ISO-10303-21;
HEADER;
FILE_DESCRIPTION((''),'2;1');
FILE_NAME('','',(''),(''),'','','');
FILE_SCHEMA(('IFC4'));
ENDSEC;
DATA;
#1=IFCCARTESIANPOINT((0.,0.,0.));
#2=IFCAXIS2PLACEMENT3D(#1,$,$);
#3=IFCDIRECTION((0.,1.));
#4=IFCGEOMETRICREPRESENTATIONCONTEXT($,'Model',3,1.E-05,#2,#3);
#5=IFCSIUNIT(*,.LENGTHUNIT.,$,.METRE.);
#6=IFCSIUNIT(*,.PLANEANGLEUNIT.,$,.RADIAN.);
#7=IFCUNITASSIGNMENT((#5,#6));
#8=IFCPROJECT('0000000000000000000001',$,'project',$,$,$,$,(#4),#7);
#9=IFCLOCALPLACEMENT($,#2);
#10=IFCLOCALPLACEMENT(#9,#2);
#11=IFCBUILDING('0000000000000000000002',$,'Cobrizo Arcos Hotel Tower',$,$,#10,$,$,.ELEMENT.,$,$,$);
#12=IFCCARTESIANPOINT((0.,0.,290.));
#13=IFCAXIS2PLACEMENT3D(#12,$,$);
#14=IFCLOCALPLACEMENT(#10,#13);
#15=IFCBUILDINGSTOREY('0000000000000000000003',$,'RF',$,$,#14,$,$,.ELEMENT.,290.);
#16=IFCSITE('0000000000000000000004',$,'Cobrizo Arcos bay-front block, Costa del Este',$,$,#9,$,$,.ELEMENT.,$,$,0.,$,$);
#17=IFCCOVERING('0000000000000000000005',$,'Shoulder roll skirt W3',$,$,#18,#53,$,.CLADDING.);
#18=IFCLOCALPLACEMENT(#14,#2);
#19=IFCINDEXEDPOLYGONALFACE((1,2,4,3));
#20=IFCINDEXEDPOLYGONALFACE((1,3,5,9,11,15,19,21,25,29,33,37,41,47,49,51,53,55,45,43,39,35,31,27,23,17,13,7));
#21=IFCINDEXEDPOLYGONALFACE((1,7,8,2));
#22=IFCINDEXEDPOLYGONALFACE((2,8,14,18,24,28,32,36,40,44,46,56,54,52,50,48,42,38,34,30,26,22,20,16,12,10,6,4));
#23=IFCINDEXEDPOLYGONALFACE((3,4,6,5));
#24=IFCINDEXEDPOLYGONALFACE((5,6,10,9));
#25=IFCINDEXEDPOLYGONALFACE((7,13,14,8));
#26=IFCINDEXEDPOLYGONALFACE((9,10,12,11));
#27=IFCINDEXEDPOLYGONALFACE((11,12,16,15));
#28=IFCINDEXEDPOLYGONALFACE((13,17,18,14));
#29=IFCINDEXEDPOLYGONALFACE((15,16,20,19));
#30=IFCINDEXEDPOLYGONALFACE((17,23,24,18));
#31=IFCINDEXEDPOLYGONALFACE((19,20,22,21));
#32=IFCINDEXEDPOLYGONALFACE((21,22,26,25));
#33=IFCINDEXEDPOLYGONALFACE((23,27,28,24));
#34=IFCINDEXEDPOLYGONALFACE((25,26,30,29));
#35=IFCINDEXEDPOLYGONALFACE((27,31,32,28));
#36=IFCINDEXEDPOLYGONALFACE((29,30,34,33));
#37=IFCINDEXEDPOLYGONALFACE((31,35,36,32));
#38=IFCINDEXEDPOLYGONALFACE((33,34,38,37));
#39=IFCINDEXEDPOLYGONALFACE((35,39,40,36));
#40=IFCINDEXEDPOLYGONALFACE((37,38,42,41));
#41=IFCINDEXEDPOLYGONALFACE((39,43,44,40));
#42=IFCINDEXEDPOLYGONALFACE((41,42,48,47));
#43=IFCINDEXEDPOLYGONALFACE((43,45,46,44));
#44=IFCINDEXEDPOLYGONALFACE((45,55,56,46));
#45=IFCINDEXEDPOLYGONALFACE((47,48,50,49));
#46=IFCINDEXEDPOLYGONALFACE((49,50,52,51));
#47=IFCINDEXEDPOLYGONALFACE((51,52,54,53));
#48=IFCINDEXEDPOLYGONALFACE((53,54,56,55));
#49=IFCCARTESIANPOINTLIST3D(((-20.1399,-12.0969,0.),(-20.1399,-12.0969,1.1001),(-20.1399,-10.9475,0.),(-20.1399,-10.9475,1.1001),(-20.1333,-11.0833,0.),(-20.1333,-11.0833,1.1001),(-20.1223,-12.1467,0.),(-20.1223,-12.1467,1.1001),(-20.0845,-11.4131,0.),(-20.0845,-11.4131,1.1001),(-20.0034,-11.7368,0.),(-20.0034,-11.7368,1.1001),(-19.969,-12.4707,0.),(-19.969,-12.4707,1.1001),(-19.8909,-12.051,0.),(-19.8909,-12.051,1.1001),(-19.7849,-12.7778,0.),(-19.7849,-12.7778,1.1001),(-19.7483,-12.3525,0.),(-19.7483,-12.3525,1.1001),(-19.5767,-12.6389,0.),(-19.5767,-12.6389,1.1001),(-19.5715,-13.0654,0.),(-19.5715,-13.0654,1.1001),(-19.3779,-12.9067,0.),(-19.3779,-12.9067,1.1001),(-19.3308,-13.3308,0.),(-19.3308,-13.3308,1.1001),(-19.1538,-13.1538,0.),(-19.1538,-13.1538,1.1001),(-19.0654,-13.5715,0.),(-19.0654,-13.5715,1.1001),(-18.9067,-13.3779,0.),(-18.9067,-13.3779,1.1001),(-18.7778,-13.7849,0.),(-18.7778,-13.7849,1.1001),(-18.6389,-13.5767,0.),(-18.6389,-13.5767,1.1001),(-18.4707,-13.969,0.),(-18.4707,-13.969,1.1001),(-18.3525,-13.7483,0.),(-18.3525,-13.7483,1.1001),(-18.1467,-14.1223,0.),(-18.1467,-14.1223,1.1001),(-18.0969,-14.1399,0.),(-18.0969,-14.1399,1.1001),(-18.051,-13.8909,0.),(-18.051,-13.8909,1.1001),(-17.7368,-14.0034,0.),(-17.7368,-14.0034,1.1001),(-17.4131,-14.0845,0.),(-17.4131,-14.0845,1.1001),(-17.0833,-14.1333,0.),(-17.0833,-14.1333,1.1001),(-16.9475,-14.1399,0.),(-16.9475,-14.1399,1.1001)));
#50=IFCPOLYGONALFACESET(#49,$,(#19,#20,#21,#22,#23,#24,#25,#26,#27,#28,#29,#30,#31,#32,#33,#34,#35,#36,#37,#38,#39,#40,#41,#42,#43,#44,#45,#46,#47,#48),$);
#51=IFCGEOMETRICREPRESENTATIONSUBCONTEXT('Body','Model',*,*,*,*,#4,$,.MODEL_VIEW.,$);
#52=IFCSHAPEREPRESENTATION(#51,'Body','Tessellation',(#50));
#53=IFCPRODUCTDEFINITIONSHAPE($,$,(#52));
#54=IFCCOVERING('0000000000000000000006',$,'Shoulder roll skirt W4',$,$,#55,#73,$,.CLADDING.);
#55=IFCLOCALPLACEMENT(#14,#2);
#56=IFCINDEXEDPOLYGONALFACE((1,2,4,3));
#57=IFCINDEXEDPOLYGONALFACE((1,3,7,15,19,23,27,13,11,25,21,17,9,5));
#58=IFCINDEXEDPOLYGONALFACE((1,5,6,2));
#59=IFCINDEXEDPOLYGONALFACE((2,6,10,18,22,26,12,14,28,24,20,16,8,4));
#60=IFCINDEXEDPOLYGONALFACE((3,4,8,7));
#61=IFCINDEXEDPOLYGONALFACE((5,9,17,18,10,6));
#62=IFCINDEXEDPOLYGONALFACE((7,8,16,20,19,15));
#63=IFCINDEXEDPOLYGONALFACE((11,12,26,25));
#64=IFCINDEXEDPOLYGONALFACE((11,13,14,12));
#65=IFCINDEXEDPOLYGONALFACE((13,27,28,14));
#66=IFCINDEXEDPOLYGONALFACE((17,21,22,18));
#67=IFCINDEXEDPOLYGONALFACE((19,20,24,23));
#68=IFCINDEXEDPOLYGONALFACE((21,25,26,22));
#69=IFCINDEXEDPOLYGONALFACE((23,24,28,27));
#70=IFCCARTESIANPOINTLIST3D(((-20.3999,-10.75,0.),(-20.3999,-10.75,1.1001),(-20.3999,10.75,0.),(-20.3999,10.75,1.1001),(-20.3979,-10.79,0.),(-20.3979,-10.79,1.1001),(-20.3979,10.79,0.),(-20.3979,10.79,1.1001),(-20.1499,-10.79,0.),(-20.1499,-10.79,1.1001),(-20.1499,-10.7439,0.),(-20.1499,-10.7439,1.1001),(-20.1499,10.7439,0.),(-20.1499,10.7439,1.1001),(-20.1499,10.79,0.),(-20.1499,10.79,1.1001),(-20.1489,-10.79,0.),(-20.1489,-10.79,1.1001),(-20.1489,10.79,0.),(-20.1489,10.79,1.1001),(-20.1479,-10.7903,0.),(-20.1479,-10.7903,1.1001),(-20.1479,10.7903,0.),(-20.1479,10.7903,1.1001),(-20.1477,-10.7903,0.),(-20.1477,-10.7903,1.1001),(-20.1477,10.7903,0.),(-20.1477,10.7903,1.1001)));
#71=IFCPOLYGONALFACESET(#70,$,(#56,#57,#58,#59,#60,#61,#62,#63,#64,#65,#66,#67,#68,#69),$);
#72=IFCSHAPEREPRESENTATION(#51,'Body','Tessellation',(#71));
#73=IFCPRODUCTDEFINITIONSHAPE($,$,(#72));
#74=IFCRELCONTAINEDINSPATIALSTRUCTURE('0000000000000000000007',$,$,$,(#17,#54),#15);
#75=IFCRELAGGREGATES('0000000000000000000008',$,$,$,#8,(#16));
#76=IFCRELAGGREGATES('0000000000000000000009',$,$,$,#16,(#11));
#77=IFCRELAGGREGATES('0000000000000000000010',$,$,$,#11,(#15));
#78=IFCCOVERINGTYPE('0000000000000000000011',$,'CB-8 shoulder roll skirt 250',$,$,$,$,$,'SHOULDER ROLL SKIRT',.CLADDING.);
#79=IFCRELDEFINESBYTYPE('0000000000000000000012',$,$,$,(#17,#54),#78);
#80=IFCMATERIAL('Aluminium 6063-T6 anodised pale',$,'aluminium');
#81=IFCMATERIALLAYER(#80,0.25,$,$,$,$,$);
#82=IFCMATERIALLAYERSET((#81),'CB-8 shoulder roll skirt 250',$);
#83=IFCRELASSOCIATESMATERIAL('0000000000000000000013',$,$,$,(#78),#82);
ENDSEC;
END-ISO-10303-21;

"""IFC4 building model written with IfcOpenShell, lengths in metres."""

from ifc_helpers import new_model, si_unit, direction, frame, origin, place, context, subcontext, project, spatial, polyline, outline, extrude, material, layer, layer_set, type_object, element, save


model = new_model("IFC4")

# Units and contexts
model_context = context("Model", 3, precision=1e-05, world=origin(), true_north=direction((0.0, 1.0)))
body_context = subcontext(model_context, "Body", "Model", "MODEL_VIEW")
ifc_project = project(units=[si_unit("LENGTHUNIT", "METRE"), si_unit("PLANEANGLEUNIT", "RADIAN")], contexts=[model_context])

# Site, building, storey
site_placement = place(None, origin())
site = spatial("IfcSite", under=ifc_project, at=site_placement, Name="Cobrizo Arcos bay-front block, Costa del Este", CompositionType="ELEMENT", RefElevation=0.0)
building_placement = place(site_placement, origin())
building = spatial("IfcBuilding", under=site, at=building_placement, Name="Cobrizo Arcos Hotel Tower", CompositionType="ELEMENT")
storey_placement = place(building_placement, frame((0.0, 0.0, 290.0)))
storey = spatial("IfcBuildingStorey", under=building, at=storey_placement, Name="RF", CompositionType="ELEMENT", Elevation=290.0)

# Coverings
ifc_material_1 = material(Name="Aluminium 6063-T6 anodised pale", Category="aluminium")
ifc_layer_1 = layer(ifc_material_1, 0.25)
ifc_layer_set_1 = layer_set([ifc_layer_1], Name="CB-8 shoulder roll skirt 250")
covering_type = type_object("IfcCoveringType", Name="CB-8 shoulder roll skirt 250", ElementType="SHOULDER ROLL SKIRT", PredefinedType="CLADDING", material=ifc_layer_set_1)
covering_1_placement = place(storey_placement, origin())
element("IfcCovering", 1, at=covering_1_placement, inside=storey, type_object=covering_type, Name="Shoulder roll skirt W3", PredefinedType="CLADDING", context=body_context, shape_type="SweptSolid", body=[
    extrude(outline(polyline([(-18.1467, -14.1223), (-18.4707, -13.969), (-18.7778, -13.7849), (-19.0654, -13.5715), (-19.3308, -13.3308), (-19.5715, -13.0654), (-19.7849, -12.7778), (-19.969, -12.4707), (-20.1223, -12.1467), (-20.1399, -12.0969), (-20.1399, -10.9475), (-20.1333, -11.0833), (-20.0845, -11.4131), (-20.0034, -11.7368), (-19.8909, -12.051), (-19.7483, -12.3525), (-19.5767, -12.6389), (-19.3779, -12.9067), (-19.1538, -13.1538), (-18.9067, -13.3779), (-18.6389, -13.5767), (-18.3525, -13.7483), (-18.051, -13.8909), (-17.7368, -14.0034), (-17.4131, -14.0845), (-17.0833, -14.1333), (-16.9475, -14.1399), (-18.0969, -14.1399), (-18.1467, -14.1223)])), origin(), (0.0, 0.0, 1.0), 1.1001),
])
covering_2_placement = place(storey_placement, origin())
element("IfcCovering", 2, at=covering_2_placement, inside=storey, type_object=covering_type, Name="Shoulder roll skirt W4", PredefinedType="CLADDING", context=body_context, shape_type="SweptSolid", body=[
    extrude(outline(polyline([(-20.3999, -10.75), (-20.3999, 10.75), (-20.3979, 10.79), (-20.1499, 10.79), (-20.1489, 10.79), (-20.1479, 10.7903), (-20.1477, 10.7903), (-20.1499, 10.7439), (-20.1499, -10.7439), (-20.1477, -10.7903), (-20.1479, -10.7903), (-20.1489, -10.79), (-20.1499, -10.79), (-20.3979, -10.79), (-20.3999, -10.75)])), origin(), (0.0, 0.0, 1.0), 1.1001),
])

save(model, "model.ifc")
